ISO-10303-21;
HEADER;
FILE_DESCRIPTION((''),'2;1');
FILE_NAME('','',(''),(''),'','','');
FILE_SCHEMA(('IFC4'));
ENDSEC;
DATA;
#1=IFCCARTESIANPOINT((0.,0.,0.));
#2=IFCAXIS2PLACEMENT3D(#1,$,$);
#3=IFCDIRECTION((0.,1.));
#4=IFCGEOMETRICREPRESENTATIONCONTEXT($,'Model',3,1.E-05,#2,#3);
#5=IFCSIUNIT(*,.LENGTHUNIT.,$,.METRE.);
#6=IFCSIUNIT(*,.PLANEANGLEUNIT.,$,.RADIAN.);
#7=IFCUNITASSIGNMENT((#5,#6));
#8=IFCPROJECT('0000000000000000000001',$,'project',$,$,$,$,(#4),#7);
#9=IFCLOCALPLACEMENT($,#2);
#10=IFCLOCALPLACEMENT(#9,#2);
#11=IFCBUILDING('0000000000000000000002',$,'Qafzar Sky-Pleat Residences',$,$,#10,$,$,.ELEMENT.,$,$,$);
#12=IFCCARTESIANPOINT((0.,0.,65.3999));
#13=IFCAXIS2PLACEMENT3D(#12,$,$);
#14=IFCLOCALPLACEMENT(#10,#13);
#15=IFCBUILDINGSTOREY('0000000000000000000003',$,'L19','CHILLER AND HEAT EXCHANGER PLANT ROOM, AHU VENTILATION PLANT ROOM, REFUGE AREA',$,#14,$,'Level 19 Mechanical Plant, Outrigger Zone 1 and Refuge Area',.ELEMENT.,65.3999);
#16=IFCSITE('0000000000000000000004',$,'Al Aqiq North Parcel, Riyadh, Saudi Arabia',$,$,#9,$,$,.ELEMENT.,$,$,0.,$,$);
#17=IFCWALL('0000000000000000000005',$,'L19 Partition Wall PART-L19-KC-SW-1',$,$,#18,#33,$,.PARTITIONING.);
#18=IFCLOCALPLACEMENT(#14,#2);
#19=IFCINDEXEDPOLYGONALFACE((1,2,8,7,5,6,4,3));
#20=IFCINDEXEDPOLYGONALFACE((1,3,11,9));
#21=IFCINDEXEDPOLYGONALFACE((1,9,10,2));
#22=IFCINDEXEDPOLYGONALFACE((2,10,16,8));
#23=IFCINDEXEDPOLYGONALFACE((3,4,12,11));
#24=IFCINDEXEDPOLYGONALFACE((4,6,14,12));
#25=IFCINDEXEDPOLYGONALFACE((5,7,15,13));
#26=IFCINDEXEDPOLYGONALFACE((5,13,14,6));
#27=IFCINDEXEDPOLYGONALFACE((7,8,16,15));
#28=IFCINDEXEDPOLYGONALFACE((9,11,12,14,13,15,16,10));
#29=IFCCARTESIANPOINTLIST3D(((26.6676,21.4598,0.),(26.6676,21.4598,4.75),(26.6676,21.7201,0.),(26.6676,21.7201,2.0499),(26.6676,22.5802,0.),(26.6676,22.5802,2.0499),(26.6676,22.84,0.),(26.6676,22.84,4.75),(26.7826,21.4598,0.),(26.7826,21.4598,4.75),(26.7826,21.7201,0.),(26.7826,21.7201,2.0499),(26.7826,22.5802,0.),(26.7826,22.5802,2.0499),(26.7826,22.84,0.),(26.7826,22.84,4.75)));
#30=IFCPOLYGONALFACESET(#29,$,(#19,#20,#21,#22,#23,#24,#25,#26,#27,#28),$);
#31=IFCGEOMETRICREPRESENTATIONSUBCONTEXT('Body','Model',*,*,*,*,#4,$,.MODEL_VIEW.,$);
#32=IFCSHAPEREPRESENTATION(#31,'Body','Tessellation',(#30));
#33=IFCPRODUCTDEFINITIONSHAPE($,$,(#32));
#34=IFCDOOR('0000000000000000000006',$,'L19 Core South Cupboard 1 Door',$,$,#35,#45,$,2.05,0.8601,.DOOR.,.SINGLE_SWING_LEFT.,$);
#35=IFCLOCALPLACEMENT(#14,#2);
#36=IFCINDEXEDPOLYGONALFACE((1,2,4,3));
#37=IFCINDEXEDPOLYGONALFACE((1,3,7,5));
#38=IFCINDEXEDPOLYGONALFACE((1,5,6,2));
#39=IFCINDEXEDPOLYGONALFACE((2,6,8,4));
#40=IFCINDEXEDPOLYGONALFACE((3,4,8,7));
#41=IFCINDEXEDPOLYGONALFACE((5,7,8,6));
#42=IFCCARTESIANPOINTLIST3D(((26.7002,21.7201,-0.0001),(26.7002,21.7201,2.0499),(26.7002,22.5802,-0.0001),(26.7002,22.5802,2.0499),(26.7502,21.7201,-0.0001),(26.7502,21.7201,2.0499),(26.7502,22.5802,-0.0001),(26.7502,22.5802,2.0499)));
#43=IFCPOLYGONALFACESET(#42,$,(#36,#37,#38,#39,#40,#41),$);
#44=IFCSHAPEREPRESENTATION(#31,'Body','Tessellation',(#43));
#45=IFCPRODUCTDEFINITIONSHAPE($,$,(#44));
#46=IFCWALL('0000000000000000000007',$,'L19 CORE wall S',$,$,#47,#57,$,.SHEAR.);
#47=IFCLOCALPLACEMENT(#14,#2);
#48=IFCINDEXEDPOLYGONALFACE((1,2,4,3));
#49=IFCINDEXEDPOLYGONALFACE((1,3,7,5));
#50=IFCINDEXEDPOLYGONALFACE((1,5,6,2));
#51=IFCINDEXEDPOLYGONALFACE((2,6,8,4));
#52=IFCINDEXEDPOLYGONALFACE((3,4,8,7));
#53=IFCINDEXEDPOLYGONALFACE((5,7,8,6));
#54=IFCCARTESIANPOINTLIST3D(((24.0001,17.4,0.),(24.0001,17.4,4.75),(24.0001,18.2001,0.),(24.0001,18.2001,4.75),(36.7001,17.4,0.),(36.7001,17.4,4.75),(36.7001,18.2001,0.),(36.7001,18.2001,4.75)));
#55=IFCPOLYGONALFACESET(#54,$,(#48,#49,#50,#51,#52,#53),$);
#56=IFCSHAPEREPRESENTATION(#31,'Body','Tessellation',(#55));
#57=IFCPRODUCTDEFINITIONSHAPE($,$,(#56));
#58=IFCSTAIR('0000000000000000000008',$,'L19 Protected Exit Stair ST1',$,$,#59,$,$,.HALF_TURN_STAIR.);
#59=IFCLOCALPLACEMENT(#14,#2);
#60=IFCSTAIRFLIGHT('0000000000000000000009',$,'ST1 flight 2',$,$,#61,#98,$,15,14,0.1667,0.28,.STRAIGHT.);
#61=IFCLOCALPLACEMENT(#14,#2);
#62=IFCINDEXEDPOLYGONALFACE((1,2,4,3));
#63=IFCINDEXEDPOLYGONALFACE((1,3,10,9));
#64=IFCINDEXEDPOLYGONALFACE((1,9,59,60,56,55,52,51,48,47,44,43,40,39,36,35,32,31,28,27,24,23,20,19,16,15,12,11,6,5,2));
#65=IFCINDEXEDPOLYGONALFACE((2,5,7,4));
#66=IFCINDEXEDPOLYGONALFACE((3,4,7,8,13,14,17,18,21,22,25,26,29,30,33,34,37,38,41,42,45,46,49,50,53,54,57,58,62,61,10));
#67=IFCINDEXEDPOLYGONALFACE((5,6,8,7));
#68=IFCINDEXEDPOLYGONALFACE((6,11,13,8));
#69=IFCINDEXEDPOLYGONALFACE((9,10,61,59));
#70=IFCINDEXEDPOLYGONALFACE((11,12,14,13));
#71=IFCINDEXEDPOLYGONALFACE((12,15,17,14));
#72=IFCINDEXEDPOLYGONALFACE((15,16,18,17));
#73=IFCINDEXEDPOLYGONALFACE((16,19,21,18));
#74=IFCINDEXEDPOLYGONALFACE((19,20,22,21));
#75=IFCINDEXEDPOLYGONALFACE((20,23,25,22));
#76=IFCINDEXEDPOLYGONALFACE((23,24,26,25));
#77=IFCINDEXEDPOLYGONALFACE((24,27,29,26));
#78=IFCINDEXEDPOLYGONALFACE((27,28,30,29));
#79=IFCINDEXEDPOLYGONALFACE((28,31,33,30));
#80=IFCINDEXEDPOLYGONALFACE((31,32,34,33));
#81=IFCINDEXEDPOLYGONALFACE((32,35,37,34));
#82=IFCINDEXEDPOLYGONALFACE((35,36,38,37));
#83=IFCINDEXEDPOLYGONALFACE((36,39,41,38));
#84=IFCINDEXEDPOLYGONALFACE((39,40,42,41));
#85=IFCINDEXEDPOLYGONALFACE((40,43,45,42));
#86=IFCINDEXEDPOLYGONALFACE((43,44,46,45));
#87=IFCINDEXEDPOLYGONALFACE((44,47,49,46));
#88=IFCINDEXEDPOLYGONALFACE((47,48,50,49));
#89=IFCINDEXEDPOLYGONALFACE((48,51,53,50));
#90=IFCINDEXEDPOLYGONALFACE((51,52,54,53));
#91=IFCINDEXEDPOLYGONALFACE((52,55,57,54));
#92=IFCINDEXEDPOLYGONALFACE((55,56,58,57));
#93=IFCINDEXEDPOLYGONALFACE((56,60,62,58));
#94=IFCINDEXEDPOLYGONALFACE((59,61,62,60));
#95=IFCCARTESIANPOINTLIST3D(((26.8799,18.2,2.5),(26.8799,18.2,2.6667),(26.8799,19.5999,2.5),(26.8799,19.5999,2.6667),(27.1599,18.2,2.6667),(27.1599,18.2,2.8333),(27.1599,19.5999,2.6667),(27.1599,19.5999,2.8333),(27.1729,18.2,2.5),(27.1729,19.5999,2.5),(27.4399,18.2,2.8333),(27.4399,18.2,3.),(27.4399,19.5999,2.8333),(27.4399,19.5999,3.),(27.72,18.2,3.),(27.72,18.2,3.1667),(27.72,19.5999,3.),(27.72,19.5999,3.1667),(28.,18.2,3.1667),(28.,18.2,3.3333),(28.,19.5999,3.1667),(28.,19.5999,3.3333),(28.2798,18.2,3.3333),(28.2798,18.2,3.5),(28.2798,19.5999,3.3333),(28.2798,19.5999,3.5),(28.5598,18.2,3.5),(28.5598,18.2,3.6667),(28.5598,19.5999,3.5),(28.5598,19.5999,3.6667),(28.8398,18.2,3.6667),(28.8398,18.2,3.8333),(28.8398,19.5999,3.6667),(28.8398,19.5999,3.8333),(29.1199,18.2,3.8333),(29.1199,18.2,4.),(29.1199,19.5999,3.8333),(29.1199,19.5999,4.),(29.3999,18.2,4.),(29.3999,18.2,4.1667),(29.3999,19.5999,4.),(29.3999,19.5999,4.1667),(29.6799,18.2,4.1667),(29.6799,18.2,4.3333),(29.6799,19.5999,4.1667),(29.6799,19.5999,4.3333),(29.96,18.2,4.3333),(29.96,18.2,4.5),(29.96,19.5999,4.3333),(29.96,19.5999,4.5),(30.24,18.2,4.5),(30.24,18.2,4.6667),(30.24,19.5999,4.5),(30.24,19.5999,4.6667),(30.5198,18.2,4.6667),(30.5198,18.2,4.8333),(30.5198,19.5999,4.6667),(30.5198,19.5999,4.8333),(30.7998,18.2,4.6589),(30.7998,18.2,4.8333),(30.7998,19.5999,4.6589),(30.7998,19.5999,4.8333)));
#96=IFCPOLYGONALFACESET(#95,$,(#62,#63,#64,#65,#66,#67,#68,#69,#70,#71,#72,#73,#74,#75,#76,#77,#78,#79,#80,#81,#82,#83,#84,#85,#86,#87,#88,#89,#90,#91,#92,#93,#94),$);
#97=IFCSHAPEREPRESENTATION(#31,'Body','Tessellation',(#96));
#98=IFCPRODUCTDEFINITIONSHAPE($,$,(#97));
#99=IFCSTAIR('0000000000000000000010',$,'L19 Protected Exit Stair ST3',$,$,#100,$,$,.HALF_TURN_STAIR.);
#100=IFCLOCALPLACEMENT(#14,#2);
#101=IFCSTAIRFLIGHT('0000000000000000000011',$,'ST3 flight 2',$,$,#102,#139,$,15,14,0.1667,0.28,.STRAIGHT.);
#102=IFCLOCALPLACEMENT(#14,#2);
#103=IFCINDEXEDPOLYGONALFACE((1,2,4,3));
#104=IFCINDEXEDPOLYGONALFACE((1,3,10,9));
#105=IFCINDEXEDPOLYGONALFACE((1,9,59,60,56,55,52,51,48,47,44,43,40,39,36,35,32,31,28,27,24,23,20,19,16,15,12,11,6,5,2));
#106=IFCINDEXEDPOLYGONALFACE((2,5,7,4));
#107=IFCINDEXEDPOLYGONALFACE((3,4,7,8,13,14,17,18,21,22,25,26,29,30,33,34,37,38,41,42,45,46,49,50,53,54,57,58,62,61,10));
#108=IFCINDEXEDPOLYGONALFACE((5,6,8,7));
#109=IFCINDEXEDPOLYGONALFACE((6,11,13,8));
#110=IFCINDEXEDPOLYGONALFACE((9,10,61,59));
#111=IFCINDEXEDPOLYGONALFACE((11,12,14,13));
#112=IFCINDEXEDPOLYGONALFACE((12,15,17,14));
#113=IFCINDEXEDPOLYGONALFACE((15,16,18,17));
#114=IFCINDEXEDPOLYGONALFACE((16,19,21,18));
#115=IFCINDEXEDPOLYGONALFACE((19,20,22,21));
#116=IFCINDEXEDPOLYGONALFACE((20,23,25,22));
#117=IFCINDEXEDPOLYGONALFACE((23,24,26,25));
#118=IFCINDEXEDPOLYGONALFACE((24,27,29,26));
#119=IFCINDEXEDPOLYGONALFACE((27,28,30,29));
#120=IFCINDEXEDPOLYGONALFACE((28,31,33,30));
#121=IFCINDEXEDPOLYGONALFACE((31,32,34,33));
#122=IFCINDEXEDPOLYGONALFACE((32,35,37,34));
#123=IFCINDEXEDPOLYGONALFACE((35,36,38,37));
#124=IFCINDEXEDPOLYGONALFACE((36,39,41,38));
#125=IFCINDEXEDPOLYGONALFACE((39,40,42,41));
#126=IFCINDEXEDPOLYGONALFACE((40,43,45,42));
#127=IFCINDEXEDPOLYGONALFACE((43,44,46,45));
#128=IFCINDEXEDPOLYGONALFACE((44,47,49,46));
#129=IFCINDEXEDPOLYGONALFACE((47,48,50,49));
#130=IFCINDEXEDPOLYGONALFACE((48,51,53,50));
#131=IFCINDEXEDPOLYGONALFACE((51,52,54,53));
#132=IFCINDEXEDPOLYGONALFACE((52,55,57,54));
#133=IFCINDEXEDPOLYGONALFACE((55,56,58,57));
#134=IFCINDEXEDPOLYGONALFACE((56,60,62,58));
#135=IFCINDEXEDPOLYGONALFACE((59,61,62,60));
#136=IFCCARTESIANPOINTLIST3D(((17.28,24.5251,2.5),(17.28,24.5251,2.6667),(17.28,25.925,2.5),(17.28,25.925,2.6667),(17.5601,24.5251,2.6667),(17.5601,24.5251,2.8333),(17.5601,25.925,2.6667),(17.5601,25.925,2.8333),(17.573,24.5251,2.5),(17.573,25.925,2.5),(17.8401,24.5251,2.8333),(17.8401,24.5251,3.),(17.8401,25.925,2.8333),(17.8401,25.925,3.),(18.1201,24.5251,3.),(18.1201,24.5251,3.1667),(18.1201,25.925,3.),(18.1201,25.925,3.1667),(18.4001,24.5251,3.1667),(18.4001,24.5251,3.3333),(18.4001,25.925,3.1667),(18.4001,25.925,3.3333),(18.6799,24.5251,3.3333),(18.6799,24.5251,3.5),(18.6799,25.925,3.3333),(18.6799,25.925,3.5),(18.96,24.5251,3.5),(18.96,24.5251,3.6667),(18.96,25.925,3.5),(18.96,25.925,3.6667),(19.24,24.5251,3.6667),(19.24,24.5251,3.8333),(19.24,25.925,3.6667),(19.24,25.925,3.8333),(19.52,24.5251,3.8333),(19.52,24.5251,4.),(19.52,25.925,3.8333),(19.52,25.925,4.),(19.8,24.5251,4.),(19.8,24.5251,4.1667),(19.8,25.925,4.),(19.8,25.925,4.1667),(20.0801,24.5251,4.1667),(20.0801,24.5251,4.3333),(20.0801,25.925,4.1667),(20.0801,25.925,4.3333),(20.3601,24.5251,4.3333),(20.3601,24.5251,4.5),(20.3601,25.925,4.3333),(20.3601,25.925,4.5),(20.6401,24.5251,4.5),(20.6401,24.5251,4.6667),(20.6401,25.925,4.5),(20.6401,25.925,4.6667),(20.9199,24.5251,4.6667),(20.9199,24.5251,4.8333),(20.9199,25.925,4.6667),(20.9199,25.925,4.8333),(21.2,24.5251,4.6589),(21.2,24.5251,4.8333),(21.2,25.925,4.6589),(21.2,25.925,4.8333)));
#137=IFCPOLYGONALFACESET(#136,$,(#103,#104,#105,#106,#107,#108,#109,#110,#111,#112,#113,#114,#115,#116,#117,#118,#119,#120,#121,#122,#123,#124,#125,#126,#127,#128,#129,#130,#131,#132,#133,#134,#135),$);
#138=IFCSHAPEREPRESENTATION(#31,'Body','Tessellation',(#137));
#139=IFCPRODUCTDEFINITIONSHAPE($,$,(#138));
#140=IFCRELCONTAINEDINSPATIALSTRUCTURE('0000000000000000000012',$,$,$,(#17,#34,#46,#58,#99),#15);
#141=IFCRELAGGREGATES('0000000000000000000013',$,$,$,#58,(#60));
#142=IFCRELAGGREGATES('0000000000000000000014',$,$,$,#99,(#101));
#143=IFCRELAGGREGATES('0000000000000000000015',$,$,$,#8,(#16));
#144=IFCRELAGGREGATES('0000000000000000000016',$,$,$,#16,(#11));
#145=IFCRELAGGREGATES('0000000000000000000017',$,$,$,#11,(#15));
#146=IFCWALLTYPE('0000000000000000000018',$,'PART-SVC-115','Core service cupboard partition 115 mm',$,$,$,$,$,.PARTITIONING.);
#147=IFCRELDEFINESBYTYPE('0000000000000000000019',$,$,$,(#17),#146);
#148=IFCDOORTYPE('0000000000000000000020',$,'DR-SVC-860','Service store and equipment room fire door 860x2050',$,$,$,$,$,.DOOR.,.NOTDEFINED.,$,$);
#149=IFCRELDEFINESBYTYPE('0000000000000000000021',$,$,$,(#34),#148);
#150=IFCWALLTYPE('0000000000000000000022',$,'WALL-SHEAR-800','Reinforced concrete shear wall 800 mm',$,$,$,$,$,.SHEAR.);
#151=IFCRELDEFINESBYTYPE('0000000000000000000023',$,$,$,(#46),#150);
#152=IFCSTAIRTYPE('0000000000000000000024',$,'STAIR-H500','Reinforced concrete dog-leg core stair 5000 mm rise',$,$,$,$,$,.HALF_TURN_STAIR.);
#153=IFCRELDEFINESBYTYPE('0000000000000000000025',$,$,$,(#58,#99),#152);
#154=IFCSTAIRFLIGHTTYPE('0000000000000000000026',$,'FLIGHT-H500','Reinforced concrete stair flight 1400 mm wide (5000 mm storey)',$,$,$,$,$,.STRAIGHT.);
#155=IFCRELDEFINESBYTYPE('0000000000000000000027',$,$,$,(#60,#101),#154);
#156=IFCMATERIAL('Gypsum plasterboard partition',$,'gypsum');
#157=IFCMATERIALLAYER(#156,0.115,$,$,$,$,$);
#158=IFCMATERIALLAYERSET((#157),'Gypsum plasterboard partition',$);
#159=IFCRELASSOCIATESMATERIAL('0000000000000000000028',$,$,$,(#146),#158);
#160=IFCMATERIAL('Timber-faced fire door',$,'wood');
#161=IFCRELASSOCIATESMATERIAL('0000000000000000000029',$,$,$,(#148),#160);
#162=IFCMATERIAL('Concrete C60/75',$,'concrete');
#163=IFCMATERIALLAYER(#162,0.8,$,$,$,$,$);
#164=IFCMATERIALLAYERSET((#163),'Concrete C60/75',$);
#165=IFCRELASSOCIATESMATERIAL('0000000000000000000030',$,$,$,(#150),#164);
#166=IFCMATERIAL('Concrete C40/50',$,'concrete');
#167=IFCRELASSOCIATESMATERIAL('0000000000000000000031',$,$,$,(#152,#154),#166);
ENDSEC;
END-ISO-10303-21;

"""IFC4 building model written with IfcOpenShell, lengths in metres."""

from ifc_helpers import new_model, si_unit, direction, frame, frame_2d, origin, place, context, subcontext, project, spatial, polyline, rectangle, outline, extrude, source, transform, mapped, material, layer, layer_set, type_object, element, fill, aggregate, save


model = new_model("IFC4")

# Units and contexts
model_context = context("Model", 3, precision=1e-05, world=origin(), true_north=direction((0.0, 1.0)))
body_context = subcontext(model_context, "Body", "Model", "MODEL_VIEW")
ifc_project = project(units=[si_unit("LENGTHUNIT", "METRE"), si_unit("PLANEANGLEUNIT", "RADIAN")], contexts=[model_context])

# Site, building, storey
site_placement = place(None, origin())
site = spatial("IfcSite", under=ifc_project, at=site_placement, Name="Al Aqiq North Parcel, Riyadh, Saudi Arabia", CompositionType="ELEMENT", RefElevation=0.0)
building_placement = place(site_placement, origin())
building = spatial("IfcBuilding", under=site, at=building_placement, Name="Qafzar Sky-Pleat Residences", CompositionType="ELEMENT")
storey_placement = place(building_placement, frame((0.0, 0.0, 65.3999)))
storey = spatial("IfcBuildingStorey", under=building, at=storey_placement, Name="L19", Description="CHILLER AND HEAT EXCHANGER PLANT ROOM, AHU VENTILATION PLANT ROOM, REFUGE AREA", LongName="Level 19 Mechanical Plant, Outrigger Zone 1 and Refuge Area", CompositionType="ELEMENT", Elevation=65.3999)

# Shared definitions
ifc_material_1 = material(Name="Timber-faced fire door", Category="wood")

# Wall, opening, door
ifc_material_2 = material(Name="Gypsum plasterboard partition", Category="gypsum")
ifc_layer_1 = layer(ifc_material_2, 0.115)
ifc_layer_set_1 = layer_set([ifc_layer_1], Name="Gypsum plasterboard partition")
wall_type_1 = type_object("IfcWallType", Name="PART-SVC-115", Description="Core service cupboard partition 115 mm", PredefinedType="PARTITIONING", material=ifc_layer_set_1)
wall_1_placement = place(storey_placement, frame((26.7251, 21.46, 0.0), z_axis=(0.0, 0.0, 1.0), x_axis=(0.0, 1.0, 0.0)))
wall_1 = element("IfcWall", 1, at=wall_1_placement, inside=storey, type_object=wall_type_1, Name="L19 Partition Wall PART-L19-KC-SW-1", PredefinedType="PARTITIONING", context=body_context, shape_type="SweptSolid", body=[
    extrude(rectangle(XDim=1.3801, YDim=0.115, at=frame_2d((0.6899, 0.0))), origin(), (0.0, 0.0, 1.0), 4.75),
])
opening_1_placement = place(wall_1_placement, frame((0.26, 0.0, 0.0)))
opening_1 = element("IfcOpeningElement", 2, at=opening_1_placement, cuts=wall_1, PredefinedType="OPENING", context=body_context, shape_type="SweptSolid", body=[
    extrude(rectangle(XDim=0.8601, YDim=2.05, at=frame_2d((0.4302, 1.0249))), frame((0.0, 0.0674, 0.0), z_axis=(0.0, -1.0, 0.0), x_axis=(1.0, 0.0, 0.0)), (0.0, 0.0, 1.0), 0.135),
])
door_type_1 = type_object("IfcDoorType", Name="DR-SVC-860", Description="Service store and equipment room fire door 860x2050", OperationType="NOTDEFINED", PredefinedType="DOOR", material=ifc_material_1)
shared_shape_1 = source(origin(), body_context, "Body", "SweptSolid", [
    extrude(rectangle(XDim=0.8601, YDim=2.05, at=frame_2d((0.4302, 1.0249))), frame((0.0, 0.0249, 0.0), z_axis=(0.0, -1.0, 0.0), x_axis=(1.0, 0.0, 0.0)), (0.0, 0.0, 1.0), 0.05),
])
door_1_placement = place(opening_1_placement, origin())
door_1 = element("IfcDoor", 3, at=door_1_placement, inside=storey, type_object=door_type_1, Name="L19 Core South Cupboard 1 Door", OperationType="SINGLE_SWING_LEFT", OverallHeight=2.05, OverallWidth=0.8601, PredefinedType="DOOR", context=body_context, shape_type="MappedRepresentation", body=[
    mapped(shared_shape_1, transform((0.0, 0.0, 0.0), x_axis=(1.0, 0.0, 0.0), y_axis=(0.0, 1.0, 0.0), z_axis=(0.0, 0.0, 1.0), scale=1.0)),
])
fill(opening_1, door_1)

# Shared definitions
ifc_material_3 = material(Name="Concrete C60/75", Category="concrete")

# Wall
ifc_layer_2 = layer(ifc_material_3, 0.8)
ifc_layer_set_2 = layer_set([ifc_layer_2], Name="Concrete C60/75")
wall_type_2 = type_object("IfcWallType", Name="WALL-SHEAR-800", Description="Reinforced concrete shear wall 800 mm", PredefinedType="SHEAR", material=ifc_layer_set_2)
wall_2_placement = place(storey_placement, frame((24.0, 17.8, 0.0), z_axis=(0.0, 0.0, 1.0), x_axis=(1.0, 0.0, 0.0)))
element("IfcWall", 4, at=wall_2_placement, inside=storey, type_object=wall_type_2, Name="L19 CORE wall S", PredefinedType="SHEAR", context=body_context, shape_type="SweptSolid", body=[
    extrude(rectangle(XDim=12.7, YDim=0.8, at=frame_2d((6.3501, 0.0))), origin(), (0.0, 0.0, 1.0), 4.75),
])

# Stairs, stair flights
ifc_material_4 = material(Name="Concrete C40/50", Category="concrete")
stair_type = type_object("IfcStairType", Name="STAIR-H500", Description="Reinforced concrete dog-leg core stair 5000 mm rise", PredefinedType="HALF_TURN_STAIR", material=ifc_material_4)
stair_1_placement = place(storey_placement, origin())
stair_1 = element("IfcStair", 5, at=stair_1_placement, inside=storey, type_object=stair_type, Name="L19 Protected Exit Stair ST1", PredefinedType="HALF_TURN_STAIR")
stair_flight_type = type_object("IfcStairFlightType", Name="FLIGHT-H500", Description="Reinforced concrete stair flight 1400 mm wide (5000 mm storey)", PredefinedType="STRAIGHT", material=ifc_material_4)
shared_shape_2 = source(origin(), body_context, "Body", "SweptSolid", [
    extrude(outline(polyline([(0.0, 0.0), (0.0, 0.1667), (0.28, 0.1667), (0.28, 0.3333), (0.5601, 0.3333), (0.5601, 0.5), (0.8401, 0.5), (0.8401, 0.6667), (1.1201, 0.6667), (1.1201, 0.8333), (1.3999, 0.8333), (1.3999, 1.0), (1.6799, 1.0), (1.6799, 1.1667), (1.96, 1.1667), (1.96, 1.3333), (2.24, 1.3333), (2.24, 1.5), (2.52, 1.5), (2.52, 1.6667), (2.8, 1.6667), (2.8, 1.8333), (3.0801, 1.8333), (3.0801, 2.0), (3.3601, 2.0), (3.3601, 2.1667), (3.6399, 2.1667), (3.6399, 2.3333), (3.9199, 2.3333), (3.9199, 2.5), (3.9199, 2.1589), (0.293, 0.0), (0.0, 0.0)])), frame((0.0, 0.7, 0.0), z_axis=(0.0, -1.0, 0.0), x_axis=(1.0, 0.0, 0.0)), (0.0, 0.0, 1.0), 1.3999),
])
stair_flight_1_placement = place(storey_placement, frame((26.8799, 18.8999, 2.5), z_axis=(0.0, 0.0, 1.0), x_axis=(1.0, 0.0, 0.0)))
stair_flight_1 = element("IfcStairFlight", 6, at=stair_flight_1_placement, type_object=stair_flight_type, Name="ST1 flight 2", NumberOfRisers=15, NumberOfTreads=14, PredefinedType="STRAIGHT", RiserHeight=0.1667, TreadLength=0.28, context=body_context, shape_type="MappedRepresentation", body=[
    mapped(shared_shape_2, transform((0.0, 0.0, 0.0), x_axis=(1.0, 0.0, 0.0), y_axis=(0.0, 1.0, 0.0), z_axis=(0.0, 0.0, 1.0), scale=1.0)),
])
aggregate(stair_1, [stair_flight_1])
stair_2_placement = place(storey_placement, origin())
stair_2 = element("IfcStair", 7, at=stair_2_placement, inside=storey, type_object=stair_type, Name="L19 Protected Exit Stair ST3", PredefinedType="HALF_TURN_STAIR")
stair_flight_2_placement = place(storey_placement, frame((17.28, 25.2251, 2.5), z_axis=(0.0, 0.0, 1.0), x_axis=(1.0, 0.0, 0.0)))
stair_flight_2 = element("IfcStairFlight", 8, at=stair_flight_2_placement, type_object=stair_flight_type, Name="ST3 flight 2", NumberOfRisers=15, NumberOfTreads=14, PredefinedType="STRAIGHT", RiserHeight=0.1667, TreadLength=0.28, context=body_context, shape_type="MappedRepresentation", body=[
    mapped(shared_shape_2, transform((0.0, 0.0, 0.0), x_axis=(1.0, 0.0, 0.0), y_axis=(0.0, 1.0, 0.0), z_axis=(0.0, 0.0, 1.0), scale=1.0)),
])
aggregate(stair_2, [stair_flight_2])

save(model, "model.ifc")
